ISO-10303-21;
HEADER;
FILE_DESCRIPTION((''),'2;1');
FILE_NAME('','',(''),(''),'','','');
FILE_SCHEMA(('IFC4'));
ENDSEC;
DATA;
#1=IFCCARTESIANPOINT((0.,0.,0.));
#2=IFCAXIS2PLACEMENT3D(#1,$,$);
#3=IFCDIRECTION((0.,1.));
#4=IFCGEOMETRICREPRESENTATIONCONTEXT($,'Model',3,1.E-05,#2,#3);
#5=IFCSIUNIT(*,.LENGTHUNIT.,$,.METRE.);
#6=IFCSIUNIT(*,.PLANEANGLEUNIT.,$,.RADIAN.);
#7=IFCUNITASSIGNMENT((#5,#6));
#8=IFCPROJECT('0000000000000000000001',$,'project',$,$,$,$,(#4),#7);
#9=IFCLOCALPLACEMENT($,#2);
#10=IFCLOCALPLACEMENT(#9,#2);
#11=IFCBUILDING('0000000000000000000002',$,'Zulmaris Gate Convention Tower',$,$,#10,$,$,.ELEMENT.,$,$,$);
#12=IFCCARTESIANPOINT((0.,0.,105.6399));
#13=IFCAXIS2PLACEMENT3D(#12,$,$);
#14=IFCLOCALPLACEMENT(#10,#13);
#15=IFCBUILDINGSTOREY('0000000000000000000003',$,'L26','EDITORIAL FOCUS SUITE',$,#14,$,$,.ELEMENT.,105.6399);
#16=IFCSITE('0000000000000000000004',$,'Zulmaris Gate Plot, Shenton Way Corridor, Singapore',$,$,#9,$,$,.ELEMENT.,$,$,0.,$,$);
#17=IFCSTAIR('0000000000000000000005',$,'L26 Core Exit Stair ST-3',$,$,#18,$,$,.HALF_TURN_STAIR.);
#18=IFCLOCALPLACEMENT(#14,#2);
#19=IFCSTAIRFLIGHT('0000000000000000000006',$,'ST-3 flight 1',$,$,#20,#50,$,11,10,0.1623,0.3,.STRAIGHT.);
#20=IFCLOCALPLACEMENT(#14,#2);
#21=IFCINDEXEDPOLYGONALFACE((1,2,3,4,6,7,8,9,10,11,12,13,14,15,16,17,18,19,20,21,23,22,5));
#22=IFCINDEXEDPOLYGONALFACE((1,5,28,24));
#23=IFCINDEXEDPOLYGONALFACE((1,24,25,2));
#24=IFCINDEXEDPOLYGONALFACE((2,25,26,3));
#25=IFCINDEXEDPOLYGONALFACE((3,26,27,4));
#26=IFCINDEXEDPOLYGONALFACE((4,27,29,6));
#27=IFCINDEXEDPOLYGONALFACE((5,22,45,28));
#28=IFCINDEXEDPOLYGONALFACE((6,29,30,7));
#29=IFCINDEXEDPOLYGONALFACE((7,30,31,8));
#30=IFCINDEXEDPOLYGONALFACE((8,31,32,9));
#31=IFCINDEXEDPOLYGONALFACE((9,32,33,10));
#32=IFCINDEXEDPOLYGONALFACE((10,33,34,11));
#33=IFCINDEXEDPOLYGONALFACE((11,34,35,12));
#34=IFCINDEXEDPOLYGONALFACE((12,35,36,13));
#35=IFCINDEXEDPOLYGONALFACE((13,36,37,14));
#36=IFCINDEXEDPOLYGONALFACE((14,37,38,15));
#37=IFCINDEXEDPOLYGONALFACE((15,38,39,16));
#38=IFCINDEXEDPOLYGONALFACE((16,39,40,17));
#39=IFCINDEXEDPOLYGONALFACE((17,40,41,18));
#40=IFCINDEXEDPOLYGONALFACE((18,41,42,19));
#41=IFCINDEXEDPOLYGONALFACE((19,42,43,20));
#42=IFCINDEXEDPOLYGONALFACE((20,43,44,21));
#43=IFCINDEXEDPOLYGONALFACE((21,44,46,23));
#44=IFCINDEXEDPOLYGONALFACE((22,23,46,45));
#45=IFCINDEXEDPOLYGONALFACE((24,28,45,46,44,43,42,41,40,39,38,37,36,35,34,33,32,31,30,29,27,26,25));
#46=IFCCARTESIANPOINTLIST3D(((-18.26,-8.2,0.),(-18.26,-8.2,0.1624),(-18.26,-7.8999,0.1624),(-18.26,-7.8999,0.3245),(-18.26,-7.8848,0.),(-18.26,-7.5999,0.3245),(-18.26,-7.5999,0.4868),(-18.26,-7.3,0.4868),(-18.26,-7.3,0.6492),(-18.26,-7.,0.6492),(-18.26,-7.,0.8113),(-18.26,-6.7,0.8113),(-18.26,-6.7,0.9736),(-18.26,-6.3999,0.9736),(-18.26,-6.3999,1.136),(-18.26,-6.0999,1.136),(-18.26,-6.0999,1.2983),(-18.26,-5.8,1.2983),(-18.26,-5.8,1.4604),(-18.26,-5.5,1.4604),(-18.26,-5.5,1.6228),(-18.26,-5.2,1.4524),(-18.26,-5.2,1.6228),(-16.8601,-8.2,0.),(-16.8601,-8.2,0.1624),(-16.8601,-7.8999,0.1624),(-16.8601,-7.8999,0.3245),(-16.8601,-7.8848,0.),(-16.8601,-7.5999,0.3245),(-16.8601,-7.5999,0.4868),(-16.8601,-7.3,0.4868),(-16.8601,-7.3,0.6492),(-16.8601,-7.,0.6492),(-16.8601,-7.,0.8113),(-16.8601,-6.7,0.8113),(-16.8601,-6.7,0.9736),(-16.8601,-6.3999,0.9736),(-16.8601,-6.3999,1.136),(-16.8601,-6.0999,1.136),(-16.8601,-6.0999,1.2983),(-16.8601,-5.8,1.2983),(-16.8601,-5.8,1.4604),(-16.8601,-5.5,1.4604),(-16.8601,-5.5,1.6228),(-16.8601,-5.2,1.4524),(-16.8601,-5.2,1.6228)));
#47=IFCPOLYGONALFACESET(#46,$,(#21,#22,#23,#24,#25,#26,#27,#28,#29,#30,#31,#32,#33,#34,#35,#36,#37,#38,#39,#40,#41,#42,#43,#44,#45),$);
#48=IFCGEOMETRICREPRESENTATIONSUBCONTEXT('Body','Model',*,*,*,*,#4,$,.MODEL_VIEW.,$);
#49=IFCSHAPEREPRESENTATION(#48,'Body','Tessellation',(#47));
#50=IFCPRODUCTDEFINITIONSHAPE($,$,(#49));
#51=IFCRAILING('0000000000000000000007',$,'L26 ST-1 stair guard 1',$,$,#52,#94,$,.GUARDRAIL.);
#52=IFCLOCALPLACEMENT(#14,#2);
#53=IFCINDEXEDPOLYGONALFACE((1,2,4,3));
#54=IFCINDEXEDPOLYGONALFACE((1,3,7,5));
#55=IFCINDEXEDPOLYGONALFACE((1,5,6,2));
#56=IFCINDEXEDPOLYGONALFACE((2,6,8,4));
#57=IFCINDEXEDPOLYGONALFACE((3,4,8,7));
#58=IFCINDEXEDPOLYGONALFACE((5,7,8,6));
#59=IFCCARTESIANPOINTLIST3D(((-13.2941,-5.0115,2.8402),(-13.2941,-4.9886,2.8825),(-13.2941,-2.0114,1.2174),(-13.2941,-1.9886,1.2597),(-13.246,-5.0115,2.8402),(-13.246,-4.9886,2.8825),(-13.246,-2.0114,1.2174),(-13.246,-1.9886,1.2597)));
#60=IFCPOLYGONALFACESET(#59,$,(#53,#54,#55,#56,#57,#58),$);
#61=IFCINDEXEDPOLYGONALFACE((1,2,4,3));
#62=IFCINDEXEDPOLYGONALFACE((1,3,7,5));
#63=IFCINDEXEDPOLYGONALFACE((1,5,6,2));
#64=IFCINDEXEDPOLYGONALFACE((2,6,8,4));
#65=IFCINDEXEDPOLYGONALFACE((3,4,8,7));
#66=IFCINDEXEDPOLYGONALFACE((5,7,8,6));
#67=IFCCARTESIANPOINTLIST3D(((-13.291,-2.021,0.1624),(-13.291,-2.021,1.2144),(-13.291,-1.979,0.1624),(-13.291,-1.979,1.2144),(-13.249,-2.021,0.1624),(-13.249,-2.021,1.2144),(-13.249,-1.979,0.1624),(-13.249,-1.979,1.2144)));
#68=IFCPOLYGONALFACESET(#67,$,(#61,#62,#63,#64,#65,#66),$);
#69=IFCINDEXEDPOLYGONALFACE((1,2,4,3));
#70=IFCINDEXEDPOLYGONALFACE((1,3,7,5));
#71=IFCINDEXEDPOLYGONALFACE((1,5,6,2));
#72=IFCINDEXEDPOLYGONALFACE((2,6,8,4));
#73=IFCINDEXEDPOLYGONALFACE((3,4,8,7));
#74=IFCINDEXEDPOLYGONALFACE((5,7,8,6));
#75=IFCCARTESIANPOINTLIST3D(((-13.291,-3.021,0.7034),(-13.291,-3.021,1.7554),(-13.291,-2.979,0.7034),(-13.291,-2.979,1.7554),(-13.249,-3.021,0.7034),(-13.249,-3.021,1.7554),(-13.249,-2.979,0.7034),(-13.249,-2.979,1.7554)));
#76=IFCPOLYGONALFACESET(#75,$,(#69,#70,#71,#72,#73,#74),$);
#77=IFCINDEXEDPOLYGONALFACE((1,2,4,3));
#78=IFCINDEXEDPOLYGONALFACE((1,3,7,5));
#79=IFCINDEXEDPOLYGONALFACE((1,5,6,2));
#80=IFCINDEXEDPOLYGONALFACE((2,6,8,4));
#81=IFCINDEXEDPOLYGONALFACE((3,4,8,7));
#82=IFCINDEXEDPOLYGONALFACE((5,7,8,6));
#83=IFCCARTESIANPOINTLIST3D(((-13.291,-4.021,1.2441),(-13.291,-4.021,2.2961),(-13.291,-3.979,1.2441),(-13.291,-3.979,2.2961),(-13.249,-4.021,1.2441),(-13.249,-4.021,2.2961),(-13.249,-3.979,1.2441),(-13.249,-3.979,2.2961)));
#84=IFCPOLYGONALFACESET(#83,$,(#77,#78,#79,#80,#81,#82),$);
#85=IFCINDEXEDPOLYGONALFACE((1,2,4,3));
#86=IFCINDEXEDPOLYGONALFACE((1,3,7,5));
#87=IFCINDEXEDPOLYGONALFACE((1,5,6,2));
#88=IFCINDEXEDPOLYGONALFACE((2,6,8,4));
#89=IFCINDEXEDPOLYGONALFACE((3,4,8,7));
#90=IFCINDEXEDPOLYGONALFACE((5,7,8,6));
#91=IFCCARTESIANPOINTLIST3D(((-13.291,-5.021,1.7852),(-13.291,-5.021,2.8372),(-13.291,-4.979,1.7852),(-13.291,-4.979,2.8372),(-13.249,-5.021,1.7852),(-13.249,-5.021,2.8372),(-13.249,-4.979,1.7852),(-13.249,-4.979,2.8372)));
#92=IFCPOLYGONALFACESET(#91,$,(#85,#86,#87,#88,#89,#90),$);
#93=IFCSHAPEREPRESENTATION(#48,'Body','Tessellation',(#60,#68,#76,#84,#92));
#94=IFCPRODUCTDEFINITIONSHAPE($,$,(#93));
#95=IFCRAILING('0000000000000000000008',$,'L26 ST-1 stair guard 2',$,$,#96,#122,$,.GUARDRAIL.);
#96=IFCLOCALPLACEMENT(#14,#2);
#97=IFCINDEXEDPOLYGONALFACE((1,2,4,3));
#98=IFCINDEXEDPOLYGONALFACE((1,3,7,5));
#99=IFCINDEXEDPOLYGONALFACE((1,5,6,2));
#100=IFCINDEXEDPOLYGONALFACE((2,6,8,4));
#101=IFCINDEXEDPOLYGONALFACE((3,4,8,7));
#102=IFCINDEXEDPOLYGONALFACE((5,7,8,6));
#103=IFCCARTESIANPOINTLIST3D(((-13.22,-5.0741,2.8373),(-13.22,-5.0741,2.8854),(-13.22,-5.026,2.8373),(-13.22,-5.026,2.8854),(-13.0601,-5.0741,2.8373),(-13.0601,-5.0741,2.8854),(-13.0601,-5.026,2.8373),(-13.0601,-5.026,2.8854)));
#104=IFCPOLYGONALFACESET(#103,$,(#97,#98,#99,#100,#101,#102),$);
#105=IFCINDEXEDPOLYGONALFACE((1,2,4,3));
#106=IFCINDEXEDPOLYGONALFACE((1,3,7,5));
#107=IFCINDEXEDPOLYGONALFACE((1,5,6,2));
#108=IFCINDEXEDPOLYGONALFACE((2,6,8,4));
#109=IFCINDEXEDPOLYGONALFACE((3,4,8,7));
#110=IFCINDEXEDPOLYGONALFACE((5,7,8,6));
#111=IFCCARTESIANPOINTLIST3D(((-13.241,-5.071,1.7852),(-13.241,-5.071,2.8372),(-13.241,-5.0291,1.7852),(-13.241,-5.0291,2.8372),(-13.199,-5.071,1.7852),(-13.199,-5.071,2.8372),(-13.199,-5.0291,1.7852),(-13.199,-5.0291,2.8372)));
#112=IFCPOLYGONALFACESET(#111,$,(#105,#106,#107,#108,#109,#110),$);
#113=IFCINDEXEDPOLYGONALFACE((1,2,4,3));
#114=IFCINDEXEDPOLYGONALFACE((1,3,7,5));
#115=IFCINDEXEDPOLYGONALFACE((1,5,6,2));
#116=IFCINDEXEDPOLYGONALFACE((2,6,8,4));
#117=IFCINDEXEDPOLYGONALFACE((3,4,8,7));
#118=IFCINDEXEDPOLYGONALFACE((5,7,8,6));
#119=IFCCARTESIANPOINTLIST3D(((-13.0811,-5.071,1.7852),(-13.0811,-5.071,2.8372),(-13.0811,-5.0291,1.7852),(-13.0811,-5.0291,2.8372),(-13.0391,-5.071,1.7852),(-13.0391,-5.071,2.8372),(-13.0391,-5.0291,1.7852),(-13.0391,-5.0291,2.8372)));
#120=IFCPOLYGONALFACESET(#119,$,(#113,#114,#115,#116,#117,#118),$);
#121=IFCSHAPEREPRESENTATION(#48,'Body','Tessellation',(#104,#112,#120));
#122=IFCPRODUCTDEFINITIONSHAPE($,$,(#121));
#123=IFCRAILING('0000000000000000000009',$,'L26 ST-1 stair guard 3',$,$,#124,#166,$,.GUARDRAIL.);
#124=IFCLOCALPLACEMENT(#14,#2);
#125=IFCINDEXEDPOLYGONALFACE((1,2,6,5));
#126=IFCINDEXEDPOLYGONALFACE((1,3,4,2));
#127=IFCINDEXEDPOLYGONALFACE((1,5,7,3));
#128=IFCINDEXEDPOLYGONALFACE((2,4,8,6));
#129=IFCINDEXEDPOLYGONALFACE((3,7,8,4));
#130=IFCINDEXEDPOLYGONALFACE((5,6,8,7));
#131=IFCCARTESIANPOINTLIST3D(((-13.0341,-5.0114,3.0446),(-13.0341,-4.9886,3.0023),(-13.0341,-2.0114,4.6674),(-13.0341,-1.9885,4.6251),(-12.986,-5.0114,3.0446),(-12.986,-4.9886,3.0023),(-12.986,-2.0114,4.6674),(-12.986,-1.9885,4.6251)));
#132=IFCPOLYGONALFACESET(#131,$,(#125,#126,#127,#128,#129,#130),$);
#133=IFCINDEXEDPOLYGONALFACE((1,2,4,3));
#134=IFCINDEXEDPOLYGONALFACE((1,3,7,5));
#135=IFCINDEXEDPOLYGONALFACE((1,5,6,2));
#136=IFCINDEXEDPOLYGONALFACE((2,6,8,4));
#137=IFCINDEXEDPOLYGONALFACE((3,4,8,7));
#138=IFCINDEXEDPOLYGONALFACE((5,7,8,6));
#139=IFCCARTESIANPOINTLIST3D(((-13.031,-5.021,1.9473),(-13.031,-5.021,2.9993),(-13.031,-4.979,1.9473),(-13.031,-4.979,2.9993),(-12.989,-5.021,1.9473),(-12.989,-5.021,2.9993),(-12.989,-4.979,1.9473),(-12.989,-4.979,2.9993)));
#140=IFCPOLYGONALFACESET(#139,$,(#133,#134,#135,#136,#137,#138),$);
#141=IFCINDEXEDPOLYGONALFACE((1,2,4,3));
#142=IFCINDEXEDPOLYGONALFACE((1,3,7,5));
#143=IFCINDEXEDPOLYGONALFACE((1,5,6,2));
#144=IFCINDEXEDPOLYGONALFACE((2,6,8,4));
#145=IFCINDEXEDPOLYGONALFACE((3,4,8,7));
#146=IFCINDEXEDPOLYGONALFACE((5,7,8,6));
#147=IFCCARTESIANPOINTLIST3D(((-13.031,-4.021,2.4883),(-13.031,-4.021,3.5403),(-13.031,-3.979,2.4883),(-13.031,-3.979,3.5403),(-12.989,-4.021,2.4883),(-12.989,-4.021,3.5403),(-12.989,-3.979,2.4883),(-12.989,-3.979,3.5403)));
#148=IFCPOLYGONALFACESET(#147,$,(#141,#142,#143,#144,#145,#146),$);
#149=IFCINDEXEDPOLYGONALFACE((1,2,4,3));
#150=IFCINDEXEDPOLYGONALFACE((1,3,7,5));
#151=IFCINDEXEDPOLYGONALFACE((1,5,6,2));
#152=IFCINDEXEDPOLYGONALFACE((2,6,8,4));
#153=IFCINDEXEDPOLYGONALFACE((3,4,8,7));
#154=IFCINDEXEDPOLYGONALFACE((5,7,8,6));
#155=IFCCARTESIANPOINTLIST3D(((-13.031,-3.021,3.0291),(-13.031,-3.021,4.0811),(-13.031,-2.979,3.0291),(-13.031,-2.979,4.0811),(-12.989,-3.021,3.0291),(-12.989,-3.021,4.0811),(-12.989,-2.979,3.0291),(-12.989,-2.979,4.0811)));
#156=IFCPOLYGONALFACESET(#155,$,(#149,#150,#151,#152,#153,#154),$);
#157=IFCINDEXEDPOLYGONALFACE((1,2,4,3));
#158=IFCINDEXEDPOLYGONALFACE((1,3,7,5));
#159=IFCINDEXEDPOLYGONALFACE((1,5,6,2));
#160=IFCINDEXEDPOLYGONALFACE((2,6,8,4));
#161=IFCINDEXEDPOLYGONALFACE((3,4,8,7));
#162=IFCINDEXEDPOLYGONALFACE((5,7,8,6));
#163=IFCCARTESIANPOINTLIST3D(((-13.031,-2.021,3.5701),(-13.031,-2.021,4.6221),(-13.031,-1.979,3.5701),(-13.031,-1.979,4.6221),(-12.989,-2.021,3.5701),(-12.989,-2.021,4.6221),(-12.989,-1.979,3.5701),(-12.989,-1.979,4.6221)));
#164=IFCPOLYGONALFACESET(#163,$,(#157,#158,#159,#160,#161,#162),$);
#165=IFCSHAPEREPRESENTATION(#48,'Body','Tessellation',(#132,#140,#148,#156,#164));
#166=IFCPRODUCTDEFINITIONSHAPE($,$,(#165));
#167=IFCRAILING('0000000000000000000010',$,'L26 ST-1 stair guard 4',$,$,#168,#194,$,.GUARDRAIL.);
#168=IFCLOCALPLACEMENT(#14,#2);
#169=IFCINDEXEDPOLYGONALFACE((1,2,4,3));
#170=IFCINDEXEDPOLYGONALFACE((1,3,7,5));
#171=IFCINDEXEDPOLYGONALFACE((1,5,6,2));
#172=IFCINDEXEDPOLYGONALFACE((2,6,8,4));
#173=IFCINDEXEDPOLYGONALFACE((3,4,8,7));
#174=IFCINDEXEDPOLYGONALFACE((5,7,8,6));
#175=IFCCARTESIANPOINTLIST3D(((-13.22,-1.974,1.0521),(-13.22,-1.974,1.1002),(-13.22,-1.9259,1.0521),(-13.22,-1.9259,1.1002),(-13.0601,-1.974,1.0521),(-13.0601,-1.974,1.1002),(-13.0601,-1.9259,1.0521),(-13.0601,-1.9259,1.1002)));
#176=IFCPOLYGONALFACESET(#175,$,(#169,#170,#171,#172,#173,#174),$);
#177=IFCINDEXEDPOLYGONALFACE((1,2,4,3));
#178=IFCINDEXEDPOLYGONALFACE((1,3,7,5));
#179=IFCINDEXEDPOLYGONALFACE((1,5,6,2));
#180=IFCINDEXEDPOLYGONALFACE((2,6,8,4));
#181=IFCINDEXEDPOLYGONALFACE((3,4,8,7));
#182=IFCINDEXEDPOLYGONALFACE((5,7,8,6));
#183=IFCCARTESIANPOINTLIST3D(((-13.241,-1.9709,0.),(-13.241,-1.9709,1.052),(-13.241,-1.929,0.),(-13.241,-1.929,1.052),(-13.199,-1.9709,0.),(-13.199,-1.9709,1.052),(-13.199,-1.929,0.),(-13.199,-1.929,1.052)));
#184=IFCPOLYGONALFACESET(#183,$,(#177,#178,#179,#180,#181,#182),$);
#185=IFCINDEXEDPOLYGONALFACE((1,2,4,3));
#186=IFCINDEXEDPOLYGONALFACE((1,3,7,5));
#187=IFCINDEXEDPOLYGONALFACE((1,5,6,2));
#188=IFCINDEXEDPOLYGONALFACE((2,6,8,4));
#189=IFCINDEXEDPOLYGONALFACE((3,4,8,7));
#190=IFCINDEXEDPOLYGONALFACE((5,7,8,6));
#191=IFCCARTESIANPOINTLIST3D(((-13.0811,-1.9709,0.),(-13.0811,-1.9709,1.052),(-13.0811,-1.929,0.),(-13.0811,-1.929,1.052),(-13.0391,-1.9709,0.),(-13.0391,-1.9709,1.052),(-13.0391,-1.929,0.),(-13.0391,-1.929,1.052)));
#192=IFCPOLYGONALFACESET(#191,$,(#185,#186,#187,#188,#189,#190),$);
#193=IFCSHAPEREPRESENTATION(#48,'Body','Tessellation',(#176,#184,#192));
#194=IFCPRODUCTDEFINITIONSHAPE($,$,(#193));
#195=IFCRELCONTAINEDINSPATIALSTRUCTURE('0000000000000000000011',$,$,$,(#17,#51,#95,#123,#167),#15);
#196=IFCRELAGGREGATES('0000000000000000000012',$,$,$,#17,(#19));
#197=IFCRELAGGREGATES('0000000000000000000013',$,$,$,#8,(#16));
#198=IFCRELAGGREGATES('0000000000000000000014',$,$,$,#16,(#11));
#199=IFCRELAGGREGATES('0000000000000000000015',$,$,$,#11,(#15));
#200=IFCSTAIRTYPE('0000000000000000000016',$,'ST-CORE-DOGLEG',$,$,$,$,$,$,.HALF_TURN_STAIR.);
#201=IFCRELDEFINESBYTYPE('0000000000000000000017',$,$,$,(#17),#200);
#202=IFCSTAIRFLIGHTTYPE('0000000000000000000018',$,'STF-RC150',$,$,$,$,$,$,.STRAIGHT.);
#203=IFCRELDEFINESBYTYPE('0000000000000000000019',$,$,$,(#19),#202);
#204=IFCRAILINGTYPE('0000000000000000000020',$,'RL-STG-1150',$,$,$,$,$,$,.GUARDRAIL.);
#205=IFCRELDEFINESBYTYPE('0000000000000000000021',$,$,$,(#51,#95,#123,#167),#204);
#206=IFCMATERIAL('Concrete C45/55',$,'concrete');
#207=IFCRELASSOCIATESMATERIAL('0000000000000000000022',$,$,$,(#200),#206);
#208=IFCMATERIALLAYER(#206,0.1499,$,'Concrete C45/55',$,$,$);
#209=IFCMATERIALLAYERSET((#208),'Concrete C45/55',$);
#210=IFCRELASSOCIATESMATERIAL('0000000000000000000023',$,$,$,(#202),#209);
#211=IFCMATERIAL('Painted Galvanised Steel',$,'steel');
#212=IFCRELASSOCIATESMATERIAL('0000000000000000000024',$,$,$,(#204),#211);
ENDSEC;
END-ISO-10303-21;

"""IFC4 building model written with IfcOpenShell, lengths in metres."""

from ifc_helpers import new_model, si_unit, direction, frame, origin, origin_2d, place, context, subcontext, project, spatial, polyline, rectangle, outline, extrude, material, layer, layer_set, type_object, element, aggregate, save


model = new_model("IFC4")

# Units and contexts
model_context = context("Model", 3, precision=1e-05, world=origin(), true_north=direction((0.0, 1.0)))
body_context = subcontext(model_context, "Body", "Model", "MODEL_VIEW")
ifc_project = project(units=[si_unit("LENGTHUNIT", "METRE"), si_unit("PLANEANGLEUNIT", "RADIAN")], contexts=[model_context])

# Site, building, storey
site_placement = place(None, origin())
site = spatial("IfcSite", under=ifc_project, at=site_placement, Name="Zulmaris Gate Plot, Shenton Way Corridor, Singapore", CompositionType="ELEMENT", RefElevation=0.0)
building_placement = place(site_placement, origin())
building = spatial("IfcBuilding", under=site, at=building_placement, Name="Zulmaris Gate Convention Tower", CompositionType="ELEMENT")
storey_placement = place(building_placement, frame((0.0, 0.0, 105.6399)))
storey = spatial("IfcBuildingStorey", under=building, at=storey_placement, Name="L26", Description="EDITORIAL FOCUS SUITE", CompositionType="ELEMENT", Elevation=105.6399)

# Shared definitions
ifc_material_1 = material(Name="Concrete C45/55", Category="concrete")
stair_type = type_object("IfcStairType", Name="ST-CORE-DOGLEG", PredefinedType="HALF_TURN_STAIR", material=ifc_material_1)
ifc_layer_1 = layer(ifc_material_1, 0.1499, Name="Concrete C45/55")
ifc_layer_set_1 = layer_set([ifc_layer_1], Name="Concrete C45/55")
stair_flight_type = type_object("IfcStairFlightType", Name="STF-RC150", PredefinedType="STRAIGHT", material=ifc_layer_set_1)

# Stair, stair flight
stair_1_placement = place(storey_placement, origin())
stair_1 = element("IfcStair", 1, at=stair_1_placement, inside=storey, type_object=stair_type, Name="L26 Core Exit Stair ST-3", PredefinedType="HALF_TURN_STAIR")
stair_flight_1_placement = place(storey_placement, frame((-17.5601, -8.2, 0.0), z_axis=(0.0, 0.0, 1.0), x_axis=(0.0, 1.0, 0.0)))
stair_flight_1 = element("IfcStairFlight", 2, at=stair_flight_1_placement, type_object=stair_flight_type, Name="ST-3 flight 1", NumberOfRisers=11, NumberOfTreads=10, PredefinedType="STRAIGHT", RiserHeight=0.1623, TreadLength=0.3, context=body_context, shape_type="SweptSolid", body=[
    extrude(outline(polyline([(0.0, 0.0), (0.0, 0.1624), (0.3, 0.1624), (0.3, 0.3245), (0.6001, 0.3245), (0.6001, 0.4868), (0.8999, 0.4868), (0.8999, 0.6492), (1.2, 0.6492), (1.2, 0.8113), (1.5, 0.8113), (1.5, 0.9736), (1.8, 0.9736), (1.8, 1.136), (2.1001, 1.136), (2.1001, 1.2983), (2.3999, 1.2983), (2.3999, 1.4604), (2.7, 1.4604), (2.7, 1.6228), (3.0, 1.6228), (3.0, 1.7852), (3.0, 1.4524), (0.3152, 0.0), (0.0, 0.0)])), frame((0.0, 0.7, 0.0), z_axis=(0.0, -1.0, 0.0), x_axis=(1.0, 0.0, 0.0)), (0.0, 0.0, 1.0), 1.3999),
])
aggregate(stair_1, [stair_flight_1])

# Railings
ifc_material_2 = material(Name="Painted Galvanised Steel", Category="steel")
railing_type_1 = type_object("IfcRailingType", Name="RL-STG-1150", PredefinedType="GUARDRAIL", material=ifc_material_2)
railing_1_placement = place(storey_placement, frame((-13.27, -2.0, 0.1624)))
element("IfcRailing", 3, at=railing_1_placement, inside=storey, type_object=railing_type_1, Name="L26 ST-1 stair guard 1", PredefinedType="GUARDRAIL", context=body_context, shape_type="SweptSolid", body=[
    extrude(rectangle(XDim=0.0481, YDim=0.0481, at=origin_2d()), frame((0.0, 0.0, 1.0762), z_axis=(0.0, -0.879562, 0.475785), x_axis=(1.0, 0.0, 0.0)), (0.0, 0.0, 1.0), 3.4109),
    extrude(rectangle(XDim=0.042, YDim=0.042, at=origin_2d()), origin(), (0.0, 0.0, 1.0), 1.052),
    extrude(rectangle(XDim=0.042, YDim=0.042, at=origin_2d()), frame((0.0, -1.0, 0.541)), (0.0, 0.0, 1.0), 1.052),
    extrude(rectangle(XDim=0.042, YDim=0.042, at=origin_2d()), frame((0.0, -2.0, 1.0818)), (0.0, 0.0, 1.0), 1.052),
    extrude(rectangle(XDim=0.042, YDim=0.042, at=origin_2d()), frame((0.0, -3.0, 1.6228)), (0.0, 0.0, 1.0), 1.052),
])
railing_2_placement = place(storey_placement, frame((-13.22, -5.05, 1.7852)))
element("IfcRailing", 4, at=railing_2_placement, inside=storey, type_object=railing_type_1, Name="L26 ST-1 stair guard 2", PredefinedType="GUARDRAIL", context=body_context, shape_type="SweptSolid", body=[
    extrude(rectangle(XDim=0.0481, YDim=0.0481, at=origin_2d()), frame((0.0, 0.0, 1.0762), z_axis=(1.0, 0.0, 0.0), x_axis=(0.0, 1.0, 0.0)), (0.0, 0.0, 1.0), 0.1599),
    extrude(rectangle(XDim=0.042, YDim=0.042, at=origin_2d()), origin(), (0.0, 0.0, 1.0), 1.052),
    extrude(rectangle(XDim=0.042, YDim=0.042, at=origin_2d()), frame((0.1599, 0.0, 0.0)), (0.0, 0.0, 1.0), 1.052),
])
railing_3_placement = place(storey_placement, frame((-13.01, -5.0, 1.9473)))
element("IfcRailing", 5, at=railing_3_placement, inside=storey, type_object=railing_type_1, Name="L26 ST-1 stair guard 3", PredefinedType="GUARDRAIL", context=body_context, shape_type="SweptSolid", body=[
    extrude(rectangle(XDim=0.0481, YDim=0.0481, at=origin_2d()), frame((0.0, 0.0, 1.0762), z_axis=(0.0, 0.879562, 0.475785), x_axis=(-1.0, 0.0, 0.0)), (0.0, 0.0, 1.0), 3.4109),
    extrude(rectangle(XDim=0.042, YDim=0.042, at=origin_2d()), origin(), (0.0, 0.0, 1.0), 1.052),
    extrude(rectangle(XDim=0.042, YDim=0.042, at=origin_2d()), frame((0.0, 1.0, 0.541)), (0.0, 0.0, 1.0), 1.052),
    extrude(rectangle(XDim=0.042, YDim=0.042, at=origin_2d()), frame((0.0, 2.0, 1.0818)), (0.0, 0.0, 1.0), 1.052),
    extrude(rectangle(XDim=0.042, YDim=0.042, at=origin_2d()), frame((0.0, 3.0, 1.6228)), (0.0, 0.0, 1.0), 1.052),
])
railing_4_placement = place(storey_placement, frame((-13.22, -1.95, 0.0)))
element("IfcRailing", 6, at=railing_4_placement, inside=storey, type_object=railing_type_1, Name="L26 ST-1 stair guard 4", PredefinedType="GUARDRAIL", context=body_context, shape_type="SweptSolid", body=[
    extrude(rectangle(XDim=0.0481, YDim=0.0481, at=origin_2d()), frame((0.0, 0.0, 1.0762), z_axis=(1.0, 0.0, 0.0), x_axis=(0.0, 1.0, 0.0)), (0.0, 0.0, 1.0), 0.1599),
    extrude(rectangle(XDim=0.042, YDim=0.042, at=origin_2d()), origin(), (0.0, 0.0, 1.0), 1.052),
    extrude(rectangle(XDim=0.042, YDim=0.042, at=origin_2d()), frame((0.1599, 0.0, 0.0)), (0.0, 0.0, 1.0), 1.052),
])

save(model, "model.ifc")
